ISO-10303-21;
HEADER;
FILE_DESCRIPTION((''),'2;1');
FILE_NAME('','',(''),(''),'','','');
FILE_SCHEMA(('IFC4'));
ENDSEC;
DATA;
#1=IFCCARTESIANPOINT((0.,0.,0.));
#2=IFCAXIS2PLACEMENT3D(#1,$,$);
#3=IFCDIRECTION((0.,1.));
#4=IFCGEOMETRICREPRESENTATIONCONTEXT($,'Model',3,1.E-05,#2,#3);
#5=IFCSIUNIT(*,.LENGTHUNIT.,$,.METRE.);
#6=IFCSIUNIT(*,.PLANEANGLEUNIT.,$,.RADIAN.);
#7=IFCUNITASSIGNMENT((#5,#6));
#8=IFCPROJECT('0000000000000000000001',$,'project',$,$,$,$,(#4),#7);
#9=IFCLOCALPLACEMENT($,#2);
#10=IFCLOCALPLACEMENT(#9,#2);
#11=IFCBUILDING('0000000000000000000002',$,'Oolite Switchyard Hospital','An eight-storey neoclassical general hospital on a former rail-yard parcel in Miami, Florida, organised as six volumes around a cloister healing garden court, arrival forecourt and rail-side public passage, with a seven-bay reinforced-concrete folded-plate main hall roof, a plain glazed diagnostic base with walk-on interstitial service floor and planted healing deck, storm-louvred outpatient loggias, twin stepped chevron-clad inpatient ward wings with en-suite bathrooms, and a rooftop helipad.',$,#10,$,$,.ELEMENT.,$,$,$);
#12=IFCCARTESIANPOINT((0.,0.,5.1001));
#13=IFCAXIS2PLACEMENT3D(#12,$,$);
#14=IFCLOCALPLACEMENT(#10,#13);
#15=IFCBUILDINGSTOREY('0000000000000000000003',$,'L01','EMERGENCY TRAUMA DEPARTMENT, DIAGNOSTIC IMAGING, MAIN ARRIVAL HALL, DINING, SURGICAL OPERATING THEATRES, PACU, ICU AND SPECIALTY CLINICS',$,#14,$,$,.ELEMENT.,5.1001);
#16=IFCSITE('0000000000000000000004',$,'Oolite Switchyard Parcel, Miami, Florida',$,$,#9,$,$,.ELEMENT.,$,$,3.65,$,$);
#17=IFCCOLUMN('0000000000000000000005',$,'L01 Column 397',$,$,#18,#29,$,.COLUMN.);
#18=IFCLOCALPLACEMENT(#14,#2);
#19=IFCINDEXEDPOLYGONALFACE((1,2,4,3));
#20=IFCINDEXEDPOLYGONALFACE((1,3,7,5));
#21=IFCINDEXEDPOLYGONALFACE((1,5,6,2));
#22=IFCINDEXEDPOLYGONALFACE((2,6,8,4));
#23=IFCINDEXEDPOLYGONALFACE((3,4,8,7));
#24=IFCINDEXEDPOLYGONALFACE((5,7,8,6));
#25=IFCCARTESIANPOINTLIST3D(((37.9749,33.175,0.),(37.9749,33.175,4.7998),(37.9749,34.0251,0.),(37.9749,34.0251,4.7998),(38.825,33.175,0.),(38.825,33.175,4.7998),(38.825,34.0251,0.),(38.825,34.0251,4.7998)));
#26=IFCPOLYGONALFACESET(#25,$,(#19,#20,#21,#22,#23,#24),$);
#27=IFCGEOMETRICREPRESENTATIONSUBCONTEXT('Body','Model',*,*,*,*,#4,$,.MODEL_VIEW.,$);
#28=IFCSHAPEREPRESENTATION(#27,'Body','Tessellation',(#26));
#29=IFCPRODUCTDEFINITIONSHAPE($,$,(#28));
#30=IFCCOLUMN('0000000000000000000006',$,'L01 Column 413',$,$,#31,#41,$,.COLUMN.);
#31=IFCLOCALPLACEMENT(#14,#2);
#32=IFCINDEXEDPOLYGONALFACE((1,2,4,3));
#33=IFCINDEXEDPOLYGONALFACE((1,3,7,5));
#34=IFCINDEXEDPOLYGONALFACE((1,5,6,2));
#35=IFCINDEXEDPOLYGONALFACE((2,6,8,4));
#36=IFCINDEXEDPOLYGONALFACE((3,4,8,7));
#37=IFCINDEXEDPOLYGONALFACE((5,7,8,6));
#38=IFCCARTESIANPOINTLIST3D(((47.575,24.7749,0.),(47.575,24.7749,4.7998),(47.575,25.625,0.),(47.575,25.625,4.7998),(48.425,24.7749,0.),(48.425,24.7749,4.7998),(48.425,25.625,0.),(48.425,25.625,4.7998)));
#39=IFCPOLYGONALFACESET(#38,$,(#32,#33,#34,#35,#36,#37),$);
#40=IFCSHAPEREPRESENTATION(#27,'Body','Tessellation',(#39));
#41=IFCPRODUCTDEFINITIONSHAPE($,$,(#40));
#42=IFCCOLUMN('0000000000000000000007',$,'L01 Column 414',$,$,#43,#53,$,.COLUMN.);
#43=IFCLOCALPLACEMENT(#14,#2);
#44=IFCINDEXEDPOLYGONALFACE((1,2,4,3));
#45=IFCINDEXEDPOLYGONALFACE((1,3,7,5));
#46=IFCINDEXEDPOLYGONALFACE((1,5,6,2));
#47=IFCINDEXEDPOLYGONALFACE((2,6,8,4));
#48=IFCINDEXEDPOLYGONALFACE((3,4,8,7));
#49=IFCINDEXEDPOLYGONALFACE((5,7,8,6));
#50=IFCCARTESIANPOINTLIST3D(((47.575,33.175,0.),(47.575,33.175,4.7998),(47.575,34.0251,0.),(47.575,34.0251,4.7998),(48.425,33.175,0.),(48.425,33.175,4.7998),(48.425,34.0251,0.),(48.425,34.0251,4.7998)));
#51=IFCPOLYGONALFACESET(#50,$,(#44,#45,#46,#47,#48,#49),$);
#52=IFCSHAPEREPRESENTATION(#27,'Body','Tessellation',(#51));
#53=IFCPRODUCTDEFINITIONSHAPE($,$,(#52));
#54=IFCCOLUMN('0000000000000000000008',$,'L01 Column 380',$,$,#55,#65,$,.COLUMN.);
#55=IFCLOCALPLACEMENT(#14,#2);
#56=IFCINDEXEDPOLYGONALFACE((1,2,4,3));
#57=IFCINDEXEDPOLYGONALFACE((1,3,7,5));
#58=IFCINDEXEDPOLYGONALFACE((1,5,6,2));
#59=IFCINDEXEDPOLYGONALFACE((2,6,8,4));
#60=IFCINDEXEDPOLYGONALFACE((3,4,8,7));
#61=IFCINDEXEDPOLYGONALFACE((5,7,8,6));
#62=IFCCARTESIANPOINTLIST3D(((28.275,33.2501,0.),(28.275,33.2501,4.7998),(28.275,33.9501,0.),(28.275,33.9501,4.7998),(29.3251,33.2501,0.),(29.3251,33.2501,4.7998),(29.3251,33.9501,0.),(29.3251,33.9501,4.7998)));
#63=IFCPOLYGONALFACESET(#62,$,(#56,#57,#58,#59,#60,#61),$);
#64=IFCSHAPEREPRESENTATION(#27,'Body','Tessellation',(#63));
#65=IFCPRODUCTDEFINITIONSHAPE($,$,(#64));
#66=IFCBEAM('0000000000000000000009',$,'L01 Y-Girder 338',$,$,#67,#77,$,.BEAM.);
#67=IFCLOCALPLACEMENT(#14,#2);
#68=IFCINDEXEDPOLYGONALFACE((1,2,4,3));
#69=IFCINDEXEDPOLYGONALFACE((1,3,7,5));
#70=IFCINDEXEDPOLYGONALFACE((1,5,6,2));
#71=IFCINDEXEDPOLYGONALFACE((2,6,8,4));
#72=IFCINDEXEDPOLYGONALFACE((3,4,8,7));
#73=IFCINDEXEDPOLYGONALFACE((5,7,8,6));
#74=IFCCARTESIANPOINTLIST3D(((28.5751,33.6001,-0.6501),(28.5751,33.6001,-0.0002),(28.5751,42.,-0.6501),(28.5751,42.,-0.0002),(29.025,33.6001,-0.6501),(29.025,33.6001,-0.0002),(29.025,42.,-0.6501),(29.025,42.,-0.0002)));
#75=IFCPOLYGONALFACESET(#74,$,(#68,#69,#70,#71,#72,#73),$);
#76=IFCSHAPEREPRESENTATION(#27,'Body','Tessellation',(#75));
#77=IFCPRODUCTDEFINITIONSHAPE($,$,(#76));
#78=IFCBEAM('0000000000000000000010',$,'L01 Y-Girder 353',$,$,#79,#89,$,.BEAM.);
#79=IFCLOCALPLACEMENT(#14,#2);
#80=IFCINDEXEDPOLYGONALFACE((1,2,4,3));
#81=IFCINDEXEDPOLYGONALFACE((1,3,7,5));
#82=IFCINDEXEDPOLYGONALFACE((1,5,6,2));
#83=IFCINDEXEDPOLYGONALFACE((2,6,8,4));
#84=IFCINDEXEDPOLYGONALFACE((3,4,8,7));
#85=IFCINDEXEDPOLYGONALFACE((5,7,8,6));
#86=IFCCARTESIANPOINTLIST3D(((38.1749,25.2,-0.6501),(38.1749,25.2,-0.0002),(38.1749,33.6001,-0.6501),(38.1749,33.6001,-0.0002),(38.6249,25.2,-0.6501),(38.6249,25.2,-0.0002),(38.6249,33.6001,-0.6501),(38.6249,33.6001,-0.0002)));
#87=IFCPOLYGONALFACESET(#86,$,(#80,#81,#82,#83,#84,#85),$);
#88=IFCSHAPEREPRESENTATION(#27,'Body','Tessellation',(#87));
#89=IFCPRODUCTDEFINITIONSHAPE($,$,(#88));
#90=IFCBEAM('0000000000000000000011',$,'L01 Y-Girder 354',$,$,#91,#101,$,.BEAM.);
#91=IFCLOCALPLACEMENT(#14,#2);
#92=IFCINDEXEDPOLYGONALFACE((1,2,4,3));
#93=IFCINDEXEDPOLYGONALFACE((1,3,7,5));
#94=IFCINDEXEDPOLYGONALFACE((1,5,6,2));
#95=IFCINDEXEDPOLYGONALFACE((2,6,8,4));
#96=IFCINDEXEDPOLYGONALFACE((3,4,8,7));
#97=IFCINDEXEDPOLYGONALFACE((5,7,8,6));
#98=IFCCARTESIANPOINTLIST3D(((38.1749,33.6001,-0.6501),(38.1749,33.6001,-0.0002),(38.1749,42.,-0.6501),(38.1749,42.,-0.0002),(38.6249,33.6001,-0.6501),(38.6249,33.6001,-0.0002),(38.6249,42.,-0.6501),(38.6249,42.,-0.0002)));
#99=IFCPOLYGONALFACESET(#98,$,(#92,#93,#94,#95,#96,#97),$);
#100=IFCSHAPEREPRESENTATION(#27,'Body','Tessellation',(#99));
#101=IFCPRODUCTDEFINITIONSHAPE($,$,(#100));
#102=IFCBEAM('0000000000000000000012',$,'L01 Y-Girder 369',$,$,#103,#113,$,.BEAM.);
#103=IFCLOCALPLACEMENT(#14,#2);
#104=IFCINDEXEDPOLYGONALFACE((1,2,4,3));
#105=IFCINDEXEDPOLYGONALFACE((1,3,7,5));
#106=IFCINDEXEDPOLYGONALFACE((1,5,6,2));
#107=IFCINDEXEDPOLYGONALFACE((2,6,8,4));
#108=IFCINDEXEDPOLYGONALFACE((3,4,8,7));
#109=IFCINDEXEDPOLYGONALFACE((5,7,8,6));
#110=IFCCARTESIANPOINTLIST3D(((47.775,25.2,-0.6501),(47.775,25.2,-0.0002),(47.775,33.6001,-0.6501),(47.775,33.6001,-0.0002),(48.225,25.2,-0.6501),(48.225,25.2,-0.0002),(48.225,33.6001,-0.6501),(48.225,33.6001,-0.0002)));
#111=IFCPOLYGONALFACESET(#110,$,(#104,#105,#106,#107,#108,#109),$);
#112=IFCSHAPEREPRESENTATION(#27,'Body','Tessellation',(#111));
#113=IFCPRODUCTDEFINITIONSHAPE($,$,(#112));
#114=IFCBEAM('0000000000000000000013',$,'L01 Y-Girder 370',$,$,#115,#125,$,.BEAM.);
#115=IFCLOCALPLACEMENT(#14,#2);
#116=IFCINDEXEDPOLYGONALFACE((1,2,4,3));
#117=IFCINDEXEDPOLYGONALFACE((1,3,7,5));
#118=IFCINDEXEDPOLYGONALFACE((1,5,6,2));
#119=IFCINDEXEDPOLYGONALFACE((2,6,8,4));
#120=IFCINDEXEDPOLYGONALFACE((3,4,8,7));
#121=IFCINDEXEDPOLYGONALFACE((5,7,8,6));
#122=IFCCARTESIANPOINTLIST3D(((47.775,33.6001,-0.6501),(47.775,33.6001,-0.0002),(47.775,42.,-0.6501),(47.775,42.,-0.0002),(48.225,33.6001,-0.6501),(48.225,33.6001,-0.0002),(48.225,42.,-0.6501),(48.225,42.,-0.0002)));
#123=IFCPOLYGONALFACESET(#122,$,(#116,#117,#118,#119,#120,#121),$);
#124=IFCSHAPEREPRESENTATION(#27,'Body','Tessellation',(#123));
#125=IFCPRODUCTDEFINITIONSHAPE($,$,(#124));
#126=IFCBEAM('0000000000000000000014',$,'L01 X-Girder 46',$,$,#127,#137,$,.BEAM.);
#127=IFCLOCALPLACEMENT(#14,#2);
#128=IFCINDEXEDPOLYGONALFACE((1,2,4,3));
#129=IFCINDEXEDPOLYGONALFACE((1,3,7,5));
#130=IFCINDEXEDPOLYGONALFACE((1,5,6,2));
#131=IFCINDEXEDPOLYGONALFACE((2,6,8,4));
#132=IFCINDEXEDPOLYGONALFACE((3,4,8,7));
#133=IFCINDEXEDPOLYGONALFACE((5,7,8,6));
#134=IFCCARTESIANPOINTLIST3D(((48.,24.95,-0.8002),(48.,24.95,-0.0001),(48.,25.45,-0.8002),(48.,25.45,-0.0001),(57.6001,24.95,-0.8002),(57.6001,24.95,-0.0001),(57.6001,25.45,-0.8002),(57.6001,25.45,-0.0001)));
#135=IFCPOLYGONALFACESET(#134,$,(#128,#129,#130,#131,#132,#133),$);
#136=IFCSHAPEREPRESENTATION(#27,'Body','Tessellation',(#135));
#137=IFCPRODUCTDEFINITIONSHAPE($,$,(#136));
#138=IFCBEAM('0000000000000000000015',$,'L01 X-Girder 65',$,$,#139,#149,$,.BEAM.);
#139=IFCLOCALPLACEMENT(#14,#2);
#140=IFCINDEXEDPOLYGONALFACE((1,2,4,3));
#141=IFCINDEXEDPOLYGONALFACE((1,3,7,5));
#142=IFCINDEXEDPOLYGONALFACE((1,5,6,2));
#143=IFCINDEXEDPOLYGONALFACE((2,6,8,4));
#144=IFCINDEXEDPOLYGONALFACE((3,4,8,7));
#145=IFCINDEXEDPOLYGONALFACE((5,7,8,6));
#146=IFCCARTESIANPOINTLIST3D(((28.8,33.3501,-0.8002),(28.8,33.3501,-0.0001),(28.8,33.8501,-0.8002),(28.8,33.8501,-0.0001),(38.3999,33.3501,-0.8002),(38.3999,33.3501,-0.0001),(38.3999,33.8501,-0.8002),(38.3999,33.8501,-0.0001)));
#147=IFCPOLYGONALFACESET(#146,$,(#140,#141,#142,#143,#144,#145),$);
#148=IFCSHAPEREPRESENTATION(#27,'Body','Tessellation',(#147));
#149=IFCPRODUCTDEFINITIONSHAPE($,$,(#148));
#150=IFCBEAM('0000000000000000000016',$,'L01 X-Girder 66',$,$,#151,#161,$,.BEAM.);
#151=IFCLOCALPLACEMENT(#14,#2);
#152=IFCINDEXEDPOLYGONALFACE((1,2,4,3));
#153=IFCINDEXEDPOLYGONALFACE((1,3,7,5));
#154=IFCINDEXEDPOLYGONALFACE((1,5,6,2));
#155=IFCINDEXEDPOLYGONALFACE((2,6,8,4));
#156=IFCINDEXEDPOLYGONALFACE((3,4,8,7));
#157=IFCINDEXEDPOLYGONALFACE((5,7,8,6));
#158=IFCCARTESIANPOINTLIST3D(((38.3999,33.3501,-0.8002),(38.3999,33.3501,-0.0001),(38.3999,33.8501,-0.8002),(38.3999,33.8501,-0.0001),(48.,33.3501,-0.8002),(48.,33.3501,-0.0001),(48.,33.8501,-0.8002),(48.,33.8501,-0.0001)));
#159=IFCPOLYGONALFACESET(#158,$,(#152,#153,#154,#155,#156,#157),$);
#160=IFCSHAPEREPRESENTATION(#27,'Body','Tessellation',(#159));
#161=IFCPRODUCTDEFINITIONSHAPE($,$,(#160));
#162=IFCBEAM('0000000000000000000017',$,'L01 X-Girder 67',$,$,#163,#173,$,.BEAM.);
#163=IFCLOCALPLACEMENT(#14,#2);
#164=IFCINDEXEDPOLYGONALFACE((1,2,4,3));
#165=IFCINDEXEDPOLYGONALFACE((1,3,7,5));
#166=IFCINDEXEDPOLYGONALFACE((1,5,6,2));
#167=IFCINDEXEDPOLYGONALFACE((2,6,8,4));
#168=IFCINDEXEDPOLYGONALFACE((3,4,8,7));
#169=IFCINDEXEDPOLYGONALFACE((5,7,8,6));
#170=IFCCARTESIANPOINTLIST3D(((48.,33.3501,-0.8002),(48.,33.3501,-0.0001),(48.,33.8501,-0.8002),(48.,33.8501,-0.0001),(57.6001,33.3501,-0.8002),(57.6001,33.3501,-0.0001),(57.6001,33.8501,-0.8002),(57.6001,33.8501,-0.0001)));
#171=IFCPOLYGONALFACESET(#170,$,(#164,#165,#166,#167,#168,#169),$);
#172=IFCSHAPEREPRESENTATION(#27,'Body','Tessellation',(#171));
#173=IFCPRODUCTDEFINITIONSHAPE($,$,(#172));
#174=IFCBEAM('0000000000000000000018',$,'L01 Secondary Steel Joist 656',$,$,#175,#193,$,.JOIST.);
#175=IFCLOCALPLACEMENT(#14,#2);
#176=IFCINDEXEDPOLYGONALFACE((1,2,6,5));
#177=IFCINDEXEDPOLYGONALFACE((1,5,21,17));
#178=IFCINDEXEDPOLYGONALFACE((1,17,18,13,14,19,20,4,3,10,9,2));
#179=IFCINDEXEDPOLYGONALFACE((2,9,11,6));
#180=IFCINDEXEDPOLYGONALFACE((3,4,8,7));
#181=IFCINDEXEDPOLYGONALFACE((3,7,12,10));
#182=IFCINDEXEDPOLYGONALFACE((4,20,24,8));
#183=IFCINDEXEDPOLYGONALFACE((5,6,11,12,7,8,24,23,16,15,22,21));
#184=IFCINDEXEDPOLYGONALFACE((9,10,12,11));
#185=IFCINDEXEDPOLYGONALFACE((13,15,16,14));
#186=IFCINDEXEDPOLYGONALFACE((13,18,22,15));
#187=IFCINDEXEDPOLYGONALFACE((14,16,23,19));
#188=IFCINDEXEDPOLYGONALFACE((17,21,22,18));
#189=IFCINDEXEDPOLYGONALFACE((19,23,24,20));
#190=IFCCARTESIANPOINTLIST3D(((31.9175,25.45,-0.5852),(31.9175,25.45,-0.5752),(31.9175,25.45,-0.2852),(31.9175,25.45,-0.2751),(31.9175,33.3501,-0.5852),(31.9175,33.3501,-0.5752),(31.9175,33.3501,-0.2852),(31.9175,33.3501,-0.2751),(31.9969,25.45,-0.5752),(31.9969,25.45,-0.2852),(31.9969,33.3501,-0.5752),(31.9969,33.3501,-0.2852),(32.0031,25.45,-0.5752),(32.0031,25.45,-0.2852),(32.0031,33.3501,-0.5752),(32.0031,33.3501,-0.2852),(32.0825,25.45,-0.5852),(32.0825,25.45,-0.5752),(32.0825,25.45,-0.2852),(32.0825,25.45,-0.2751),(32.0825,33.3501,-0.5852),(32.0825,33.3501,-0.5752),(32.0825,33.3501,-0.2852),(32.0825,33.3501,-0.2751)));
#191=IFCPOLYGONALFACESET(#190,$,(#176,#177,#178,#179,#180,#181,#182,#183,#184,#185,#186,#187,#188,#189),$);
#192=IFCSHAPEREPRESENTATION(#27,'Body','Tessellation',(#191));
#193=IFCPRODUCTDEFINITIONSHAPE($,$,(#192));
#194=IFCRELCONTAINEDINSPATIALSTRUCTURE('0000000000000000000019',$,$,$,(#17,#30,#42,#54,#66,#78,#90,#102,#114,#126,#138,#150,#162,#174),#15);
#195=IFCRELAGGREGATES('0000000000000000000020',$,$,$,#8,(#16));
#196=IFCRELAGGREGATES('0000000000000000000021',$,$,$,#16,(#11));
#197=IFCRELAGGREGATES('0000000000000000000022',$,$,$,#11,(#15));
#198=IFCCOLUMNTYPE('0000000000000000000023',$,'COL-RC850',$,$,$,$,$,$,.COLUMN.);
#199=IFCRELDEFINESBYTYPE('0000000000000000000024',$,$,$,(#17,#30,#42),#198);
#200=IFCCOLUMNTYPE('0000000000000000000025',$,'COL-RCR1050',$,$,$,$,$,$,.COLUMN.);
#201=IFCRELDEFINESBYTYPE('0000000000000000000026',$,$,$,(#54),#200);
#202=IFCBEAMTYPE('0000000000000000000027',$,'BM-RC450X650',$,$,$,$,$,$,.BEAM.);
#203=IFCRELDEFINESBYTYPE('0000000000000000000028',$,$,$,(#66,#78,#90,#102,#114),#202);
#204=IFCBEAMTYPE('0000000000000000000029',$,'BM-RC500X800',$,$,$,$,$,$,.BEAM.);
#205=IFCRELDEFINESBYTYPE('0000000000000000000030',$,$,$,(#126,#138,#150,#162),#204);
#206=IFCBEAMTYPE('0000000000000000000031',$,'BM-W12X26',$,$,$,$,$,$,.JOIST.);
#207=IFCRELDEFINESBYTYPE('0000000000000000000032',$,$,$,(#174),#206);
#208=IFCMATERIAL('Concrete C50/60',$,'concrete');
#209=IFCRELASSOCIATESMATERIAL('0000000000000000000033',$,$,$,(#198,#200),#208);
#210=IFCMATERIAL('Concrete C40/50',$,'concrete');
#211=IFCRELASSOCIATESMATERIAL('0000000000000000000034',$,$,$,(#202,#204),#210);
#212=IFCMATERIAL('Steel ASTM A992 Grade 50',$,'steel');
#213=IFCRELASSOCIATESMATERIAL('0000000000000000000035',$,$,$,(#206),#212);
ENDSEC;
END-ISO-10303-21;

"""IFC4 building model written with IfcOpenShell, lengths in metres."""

from ifc_helpers import new_model, si_unit, direction, frame, origin, origin_2d, place, context, subcontext, project, spatial, rectangle, i_section, extrude, material, material_profile, profile_set, type_object, element, save


model = new_model("IFC4")

# Units and contexts
model_context = context("Model", 3, precision=1e-05, world=origin(), true_north=direction((0.0, 1.0)))
body_context = subcontext(model_context, "Body", "Model", "MODEL_VIEW")
ifc_project = project(units=[si_unit("LENGTHUNIT", "METRE"), si_unit("PLANEANGLEUNIT", "RADIAN")], contexts=[model_context])

# Site, building, storey
site_placement = place(None, origin())
site = spatial("IfcSite", under=ifc_project, at=site_placement, Name="Oolite Switchyard Parcel, Miami, Florida", CompositionType="ELEMENT", RefElevation=3.65)
building_placement = place(site_placement, origin())
building = spatial("IfcBuilding", under=site, at=building_placement, Name="Oolite Switchyard Hospital", Description="An eight-storey neoclassical general hospital on a former rail-yard parcel in Miami, Florida, organised as six volumes around a cloister healing garden court, arrival forecourt and rail-side public passage, with a seven-bay reinforced-concrete folded-plate main hall roof, a plain glazed diagnostic base with walk-on interstitial service floor and planted healing deck, storm-louvred outpatient loggias, twin stepped chevron-clad inpatient ward wings with en-suite bathrooms, and a rooftop helipad.", CompositionType="ELEMENT")
storey_placement = place(building_placement, frame((0.0, 0.0, 5.1001)))
storey = spatial("IfcBuildingStorey", under=building, at=storey_placement, Name="L01", Description="EMERGENCY TRAUMA DEPARTMENT, DIAGNOSTIC IMAGING, MAIN ARRIVAL HALL, DINING, SURGICAL OPERATING THEATRES, PACU, ICU AND SPECIALTY CLINICS", CompositionType="ELEMENT", Elevation=5.1001)

# Columns
ifc_material_1 = material(Name="Concrete C50/60", Category="concrete")
ifc_material_profile_1 = material_profile(ifc_material_1, rectangle(XDim=0.8501, YDim=0.8501, at=origin_2d()), Name="RC850X850")
ifc_profile_set_1 = profile_set([ifc_material_profile_1], Name="Concrete C50/60")
column_type_1 = type_object("IfcColumnType", Name="COL-RC850", PredefinedType="COLUMN", material=ifc_profile_set_1)
for number, where, z_axis, x_axis, name in (
    (1, (38.3999, 33.6001, 0.0), (0.0, 0.0, 1.0), (1.0, 0.0, 0.0), "L01 Column 397"),
    (2, (48.0, 25.2, 0.0), (0.0, 0.0, 1.0), (1.0, 0.0, 0.0), "L01 Column 413"),
    (3, (48.0, 33.6001, 0.0), (0.0, 0.0, 1.0), (1.0, 0.0, 0.0), "L01 Column 414"),
):
    element("IfcColumn", number, at=place(storey_placement, frame(where, z_axis=z_axis, x_axis=x_axis)), inside=storey, type_object=column_type_1, Name=name, PredefinedType="COLUMN", context=body_context, shape_type="SweptSolid", body=[
        extrude(rectangle(XDim=0.8501, YDim=0.8501, at=origin_2d()), origin(), (0.0, 0.0, 1.0), 4.7998),
    ])
ifc_material_profile_2 = material_profile(ifc_material_1, rectangle(XDim=1.05, YDim=0.7, at=origin_2d()), Name="RC1050X700")
ifc_profile_set_2 = profile_set([ifc_material_profile_2], Name="Concrete C50/60")
column_type_2 = type_object("IfcColumnType", Name="COL-RCR1050", PredefinedType="COLUMN", material=ifc_profile_set_2)
column_placement = place(storey_placement, frame((28.8, 33.6001, 0.0), z_axis=(0.0, 0.0, 1.0), x_axis=(1.0, 0.0, 0.0)))
element("IfcColumn", 4, at=column_placement, inside=storey, type_object=column_type_2, Name="L01 Column 380", PredefinedType="COLUMN", context=body_context, shape_type="SweptSolid", body=[
    extrude(rectangle(XDim=1.05, YDim=0.7, at=origin_2d()), origin(), (0.0, 0.0, 1.0), 4.7998),
])

# Beams
ifc_material_2 = material(Name="Concrete C40/50", Category="concrete")
ifc_material_profile_3 = material_profile(ifc_material_2, rectangle(XDim=0.45, YDim=0.6499, at=origin_2d()), Name="RCB450X650")
ifc_profile_set_3 = profile_set([ifc_material_profile_3], Name="Concrete C40/50")
beam_type_1 = type_object("IfcBeamType", Name="BM-RC450X650", PredefinedType="BEAM", material=ifc_profile_set_3)
beam_1_placement = place(storey_placement, frame((28.8, 33.6001, -0.3252), z_axis=(0.0, 1.0, 0.0), x_axis=(-1.0, 0.0, 0.0)))
element("IfcBeam", 5, at=beam_1_placement, inside=storey, type_object=beam_type_1, Name="L01 Y-Girder 338", PredefinedType="BEAM", context=body_context, shape_type="SweptSolid", body=[
    extrude(rectangle(XDim=0.45, YDim=0.6499, at=origin_2d()), origin(), (0.0, 0.0, 1.0), 8.3999),
])
beam_2_placement = place(storey_placement, frame((38.3999, 25.2, -0.3252), z_axis=(0.0, 1.0, 0.0), x_axis=(-1.0, 0.0, 0.0)))
element("IfcBeam", 6, at=beam_2_placement, inside=storey, type_object=beam_type_1, Name="L01 Y-Girder 353", PredefinedType="BEAM", context=body_context, shape_type="SweptSolid", body=[
    extrude(rectangle(XDim=0.45, YDim=0.6499, at=origin_2d()), origin(), (0.0, 0.0, 1.0), 8.4001),
])
beam_3_placement = place(storey_placement, frame((38.3999, 33.6001, -0.3252), z_axis=(0.0, 1.0, 0.0), x_axis=(-1.0, 0.0, 0.0)))
element("IfcBeam", 7, at=beam_3_placement, inside=storey, type_object=beam_type_1, Name="L01 Y-Girder 354", PredefinedType="BEAM", context=body_context, shape_type="SweptSolid", body=[
    extrude(rectangle(XDim=0.45, YDim=0.6499, at=origin_2d()), origin(), (0.0, 0.0, 1.0), 8.3999),
])
beam_4_placement = place(storey_placement, frame((48.0, 25.2, -0.3252), z_axis=(0.0, 1.0, 0.0), x_axis=(-1.0, 0.0, 0.0)))
element("IfcBeam", 8, at=beam_4_placement, inside=storey, type_object=beam_type_1, Name="L01 Y-Girder 369", PredefinedType="BEAM", context=body_context, shape_type="SweptSolid", body=[
    extrude(rectangle(XDim=0.45, YDim=0.6499, at=origin_2d()), origin(), (0.0, 0.0, 1.0), 8.4001),
])
beam_5_placement = place(storey_placement, frame((48.0, 33.6001, -0.3252), z_axis=(0.0, 1.0, 0.0), x_axis=(-1.0, 0.0, 0.0)))
element("IfcBeam", 9, at=beam_5_placement, inside=storey, type_object=beam_type_1, Name="L01 Y-Girder 370", PredefinedType="BEAM", context=body_context, shape_type="SweptSolid", body=[
    extrude(rectangle(XDim=0.45, YDim=0.6499, at=origin_2d()), origin(), (0.0, 0.0, 1.0), 8.3999),
])
ifc_material_profile_4 = material_profile(ifc_material_2, rectangle(XDim=0.5, YDim=0.8, at=origin_2d()), Name="RCB500X800")
ifc_profile_set_4 = profile_set([ifc_material_profile_4], Name="Concrete C40/50")
beam_type_2 = type_object("IfcBeamType", Name="BM-RC500X800", PredefinedType="BEAM", material=ifc_profile_set_4)
beam_6_placement = place(storey_placement, frame((48.0, 25.2, -0.4001), z_axis=(1.0, 0.0, 0.0), x_axis=(0.0, 1.0, 0.0)))
element("IfcBeam", 10, at=beam_6_placement, inside=storey, type_object=beam_type_2, Name="L01 X-Girder 46", PredefinedType="BEAM", context=body_context, shape_type="SweptSolid", body=[
    extrude(rectangle(XDim=0.5, YDim=0.8, at=origin_2d()), origin(), (0.0, 0.0, 1.0), 9.6001),
])
beam_7_placement = place(storey_placement, frame((28.8, 33.6001, -0.4001), z_axis=(1.0, 0.0, 0.0), x_axis=(0.0, 1.0, 0.0)))
element("IfcBeam", 11, at=beam_7_placement, inside=storey, type_object=beam_type_2, Name="L01 X-Girder 65", PredefinedType="BEAM", context=body_context, shape_type="SweptSolid", body=[
    extrude(rectangle(XDim=0.5, YDim=0.8, at=origin_2d()), origin(), (0.0, 0.0, 1.0), 9.5999),
])
for number, where, z_axis, x_axis, name in (
    (12, (38.3999, 33.6001, -0.4001), (1.0, 0.0, 0.0), (0.0, 1.0, 0.0), "L01 X-Girder 66"),
    (13, (48.0, 33.6001, -0.4001), (1.0, 0.0, 0.0), (0.0, 1.0, 0.0), "L01 X-Girder 67"),
):
    element("IfcBeam", number, at=place(storey_placement, frame(where, z_axis=z_axis, x_axis=x_axis)), inside=storey, type_object=beam_type_2, Name=name, PredefinedType="BEAM", context=body_context, shape_type="SweptSolid", body=[
        extrude(rectangle(XDim=0.5, YDim=0.8, at=origin_2d()), origin(), (0.0, 0.0, 1.0), 9.6001),
    ])
ifc_material_3 = material(Name="Steel ASTM A992 Grade 50", Category="steel")
ifc_material_profile_5 = material_profile(ifc_material_3, i_section(OverallWidth=0.165, OverallDepth=0.3101, WebThickness=0.0061, FlangeThickness=0.01, at=origin_2d()), Name="W12X26")
ifc_profile_set_5 = profile_set([ifc_material_profile_5], Name="Steel ASTM A992 Grade 50")
beam_type_3 = type_object("IfcBeamType", Name="BM-W12X26", PredefinedType="JOIST", material=ifc_profile_set_5)
beam_8_placement = place(storey_placement, frame((32.0, 25.45, -0.4302), z_axis=(0.0, 1.0, 0.0), x_axis=(-1.0, 0.0, 0.0)))
element("IfcBeam", 14, at=beam_8_placement, inside=storey, type_object=beam_type_3, Name="L01 Secondary Steel Joist 656", PredefinedType="JOIST", context=body_context, shape_type="SweptSolid", body=[
    extrude(i_section(OverallWidth=0.165, OverallDepth=0.3101, WebThickness=0.0061, FlangeThickness=0.01, at=origin_2d()), origin(), (0.0, 0.0, 1.0), 7.9001),
])

save(model, "model.ifc")
